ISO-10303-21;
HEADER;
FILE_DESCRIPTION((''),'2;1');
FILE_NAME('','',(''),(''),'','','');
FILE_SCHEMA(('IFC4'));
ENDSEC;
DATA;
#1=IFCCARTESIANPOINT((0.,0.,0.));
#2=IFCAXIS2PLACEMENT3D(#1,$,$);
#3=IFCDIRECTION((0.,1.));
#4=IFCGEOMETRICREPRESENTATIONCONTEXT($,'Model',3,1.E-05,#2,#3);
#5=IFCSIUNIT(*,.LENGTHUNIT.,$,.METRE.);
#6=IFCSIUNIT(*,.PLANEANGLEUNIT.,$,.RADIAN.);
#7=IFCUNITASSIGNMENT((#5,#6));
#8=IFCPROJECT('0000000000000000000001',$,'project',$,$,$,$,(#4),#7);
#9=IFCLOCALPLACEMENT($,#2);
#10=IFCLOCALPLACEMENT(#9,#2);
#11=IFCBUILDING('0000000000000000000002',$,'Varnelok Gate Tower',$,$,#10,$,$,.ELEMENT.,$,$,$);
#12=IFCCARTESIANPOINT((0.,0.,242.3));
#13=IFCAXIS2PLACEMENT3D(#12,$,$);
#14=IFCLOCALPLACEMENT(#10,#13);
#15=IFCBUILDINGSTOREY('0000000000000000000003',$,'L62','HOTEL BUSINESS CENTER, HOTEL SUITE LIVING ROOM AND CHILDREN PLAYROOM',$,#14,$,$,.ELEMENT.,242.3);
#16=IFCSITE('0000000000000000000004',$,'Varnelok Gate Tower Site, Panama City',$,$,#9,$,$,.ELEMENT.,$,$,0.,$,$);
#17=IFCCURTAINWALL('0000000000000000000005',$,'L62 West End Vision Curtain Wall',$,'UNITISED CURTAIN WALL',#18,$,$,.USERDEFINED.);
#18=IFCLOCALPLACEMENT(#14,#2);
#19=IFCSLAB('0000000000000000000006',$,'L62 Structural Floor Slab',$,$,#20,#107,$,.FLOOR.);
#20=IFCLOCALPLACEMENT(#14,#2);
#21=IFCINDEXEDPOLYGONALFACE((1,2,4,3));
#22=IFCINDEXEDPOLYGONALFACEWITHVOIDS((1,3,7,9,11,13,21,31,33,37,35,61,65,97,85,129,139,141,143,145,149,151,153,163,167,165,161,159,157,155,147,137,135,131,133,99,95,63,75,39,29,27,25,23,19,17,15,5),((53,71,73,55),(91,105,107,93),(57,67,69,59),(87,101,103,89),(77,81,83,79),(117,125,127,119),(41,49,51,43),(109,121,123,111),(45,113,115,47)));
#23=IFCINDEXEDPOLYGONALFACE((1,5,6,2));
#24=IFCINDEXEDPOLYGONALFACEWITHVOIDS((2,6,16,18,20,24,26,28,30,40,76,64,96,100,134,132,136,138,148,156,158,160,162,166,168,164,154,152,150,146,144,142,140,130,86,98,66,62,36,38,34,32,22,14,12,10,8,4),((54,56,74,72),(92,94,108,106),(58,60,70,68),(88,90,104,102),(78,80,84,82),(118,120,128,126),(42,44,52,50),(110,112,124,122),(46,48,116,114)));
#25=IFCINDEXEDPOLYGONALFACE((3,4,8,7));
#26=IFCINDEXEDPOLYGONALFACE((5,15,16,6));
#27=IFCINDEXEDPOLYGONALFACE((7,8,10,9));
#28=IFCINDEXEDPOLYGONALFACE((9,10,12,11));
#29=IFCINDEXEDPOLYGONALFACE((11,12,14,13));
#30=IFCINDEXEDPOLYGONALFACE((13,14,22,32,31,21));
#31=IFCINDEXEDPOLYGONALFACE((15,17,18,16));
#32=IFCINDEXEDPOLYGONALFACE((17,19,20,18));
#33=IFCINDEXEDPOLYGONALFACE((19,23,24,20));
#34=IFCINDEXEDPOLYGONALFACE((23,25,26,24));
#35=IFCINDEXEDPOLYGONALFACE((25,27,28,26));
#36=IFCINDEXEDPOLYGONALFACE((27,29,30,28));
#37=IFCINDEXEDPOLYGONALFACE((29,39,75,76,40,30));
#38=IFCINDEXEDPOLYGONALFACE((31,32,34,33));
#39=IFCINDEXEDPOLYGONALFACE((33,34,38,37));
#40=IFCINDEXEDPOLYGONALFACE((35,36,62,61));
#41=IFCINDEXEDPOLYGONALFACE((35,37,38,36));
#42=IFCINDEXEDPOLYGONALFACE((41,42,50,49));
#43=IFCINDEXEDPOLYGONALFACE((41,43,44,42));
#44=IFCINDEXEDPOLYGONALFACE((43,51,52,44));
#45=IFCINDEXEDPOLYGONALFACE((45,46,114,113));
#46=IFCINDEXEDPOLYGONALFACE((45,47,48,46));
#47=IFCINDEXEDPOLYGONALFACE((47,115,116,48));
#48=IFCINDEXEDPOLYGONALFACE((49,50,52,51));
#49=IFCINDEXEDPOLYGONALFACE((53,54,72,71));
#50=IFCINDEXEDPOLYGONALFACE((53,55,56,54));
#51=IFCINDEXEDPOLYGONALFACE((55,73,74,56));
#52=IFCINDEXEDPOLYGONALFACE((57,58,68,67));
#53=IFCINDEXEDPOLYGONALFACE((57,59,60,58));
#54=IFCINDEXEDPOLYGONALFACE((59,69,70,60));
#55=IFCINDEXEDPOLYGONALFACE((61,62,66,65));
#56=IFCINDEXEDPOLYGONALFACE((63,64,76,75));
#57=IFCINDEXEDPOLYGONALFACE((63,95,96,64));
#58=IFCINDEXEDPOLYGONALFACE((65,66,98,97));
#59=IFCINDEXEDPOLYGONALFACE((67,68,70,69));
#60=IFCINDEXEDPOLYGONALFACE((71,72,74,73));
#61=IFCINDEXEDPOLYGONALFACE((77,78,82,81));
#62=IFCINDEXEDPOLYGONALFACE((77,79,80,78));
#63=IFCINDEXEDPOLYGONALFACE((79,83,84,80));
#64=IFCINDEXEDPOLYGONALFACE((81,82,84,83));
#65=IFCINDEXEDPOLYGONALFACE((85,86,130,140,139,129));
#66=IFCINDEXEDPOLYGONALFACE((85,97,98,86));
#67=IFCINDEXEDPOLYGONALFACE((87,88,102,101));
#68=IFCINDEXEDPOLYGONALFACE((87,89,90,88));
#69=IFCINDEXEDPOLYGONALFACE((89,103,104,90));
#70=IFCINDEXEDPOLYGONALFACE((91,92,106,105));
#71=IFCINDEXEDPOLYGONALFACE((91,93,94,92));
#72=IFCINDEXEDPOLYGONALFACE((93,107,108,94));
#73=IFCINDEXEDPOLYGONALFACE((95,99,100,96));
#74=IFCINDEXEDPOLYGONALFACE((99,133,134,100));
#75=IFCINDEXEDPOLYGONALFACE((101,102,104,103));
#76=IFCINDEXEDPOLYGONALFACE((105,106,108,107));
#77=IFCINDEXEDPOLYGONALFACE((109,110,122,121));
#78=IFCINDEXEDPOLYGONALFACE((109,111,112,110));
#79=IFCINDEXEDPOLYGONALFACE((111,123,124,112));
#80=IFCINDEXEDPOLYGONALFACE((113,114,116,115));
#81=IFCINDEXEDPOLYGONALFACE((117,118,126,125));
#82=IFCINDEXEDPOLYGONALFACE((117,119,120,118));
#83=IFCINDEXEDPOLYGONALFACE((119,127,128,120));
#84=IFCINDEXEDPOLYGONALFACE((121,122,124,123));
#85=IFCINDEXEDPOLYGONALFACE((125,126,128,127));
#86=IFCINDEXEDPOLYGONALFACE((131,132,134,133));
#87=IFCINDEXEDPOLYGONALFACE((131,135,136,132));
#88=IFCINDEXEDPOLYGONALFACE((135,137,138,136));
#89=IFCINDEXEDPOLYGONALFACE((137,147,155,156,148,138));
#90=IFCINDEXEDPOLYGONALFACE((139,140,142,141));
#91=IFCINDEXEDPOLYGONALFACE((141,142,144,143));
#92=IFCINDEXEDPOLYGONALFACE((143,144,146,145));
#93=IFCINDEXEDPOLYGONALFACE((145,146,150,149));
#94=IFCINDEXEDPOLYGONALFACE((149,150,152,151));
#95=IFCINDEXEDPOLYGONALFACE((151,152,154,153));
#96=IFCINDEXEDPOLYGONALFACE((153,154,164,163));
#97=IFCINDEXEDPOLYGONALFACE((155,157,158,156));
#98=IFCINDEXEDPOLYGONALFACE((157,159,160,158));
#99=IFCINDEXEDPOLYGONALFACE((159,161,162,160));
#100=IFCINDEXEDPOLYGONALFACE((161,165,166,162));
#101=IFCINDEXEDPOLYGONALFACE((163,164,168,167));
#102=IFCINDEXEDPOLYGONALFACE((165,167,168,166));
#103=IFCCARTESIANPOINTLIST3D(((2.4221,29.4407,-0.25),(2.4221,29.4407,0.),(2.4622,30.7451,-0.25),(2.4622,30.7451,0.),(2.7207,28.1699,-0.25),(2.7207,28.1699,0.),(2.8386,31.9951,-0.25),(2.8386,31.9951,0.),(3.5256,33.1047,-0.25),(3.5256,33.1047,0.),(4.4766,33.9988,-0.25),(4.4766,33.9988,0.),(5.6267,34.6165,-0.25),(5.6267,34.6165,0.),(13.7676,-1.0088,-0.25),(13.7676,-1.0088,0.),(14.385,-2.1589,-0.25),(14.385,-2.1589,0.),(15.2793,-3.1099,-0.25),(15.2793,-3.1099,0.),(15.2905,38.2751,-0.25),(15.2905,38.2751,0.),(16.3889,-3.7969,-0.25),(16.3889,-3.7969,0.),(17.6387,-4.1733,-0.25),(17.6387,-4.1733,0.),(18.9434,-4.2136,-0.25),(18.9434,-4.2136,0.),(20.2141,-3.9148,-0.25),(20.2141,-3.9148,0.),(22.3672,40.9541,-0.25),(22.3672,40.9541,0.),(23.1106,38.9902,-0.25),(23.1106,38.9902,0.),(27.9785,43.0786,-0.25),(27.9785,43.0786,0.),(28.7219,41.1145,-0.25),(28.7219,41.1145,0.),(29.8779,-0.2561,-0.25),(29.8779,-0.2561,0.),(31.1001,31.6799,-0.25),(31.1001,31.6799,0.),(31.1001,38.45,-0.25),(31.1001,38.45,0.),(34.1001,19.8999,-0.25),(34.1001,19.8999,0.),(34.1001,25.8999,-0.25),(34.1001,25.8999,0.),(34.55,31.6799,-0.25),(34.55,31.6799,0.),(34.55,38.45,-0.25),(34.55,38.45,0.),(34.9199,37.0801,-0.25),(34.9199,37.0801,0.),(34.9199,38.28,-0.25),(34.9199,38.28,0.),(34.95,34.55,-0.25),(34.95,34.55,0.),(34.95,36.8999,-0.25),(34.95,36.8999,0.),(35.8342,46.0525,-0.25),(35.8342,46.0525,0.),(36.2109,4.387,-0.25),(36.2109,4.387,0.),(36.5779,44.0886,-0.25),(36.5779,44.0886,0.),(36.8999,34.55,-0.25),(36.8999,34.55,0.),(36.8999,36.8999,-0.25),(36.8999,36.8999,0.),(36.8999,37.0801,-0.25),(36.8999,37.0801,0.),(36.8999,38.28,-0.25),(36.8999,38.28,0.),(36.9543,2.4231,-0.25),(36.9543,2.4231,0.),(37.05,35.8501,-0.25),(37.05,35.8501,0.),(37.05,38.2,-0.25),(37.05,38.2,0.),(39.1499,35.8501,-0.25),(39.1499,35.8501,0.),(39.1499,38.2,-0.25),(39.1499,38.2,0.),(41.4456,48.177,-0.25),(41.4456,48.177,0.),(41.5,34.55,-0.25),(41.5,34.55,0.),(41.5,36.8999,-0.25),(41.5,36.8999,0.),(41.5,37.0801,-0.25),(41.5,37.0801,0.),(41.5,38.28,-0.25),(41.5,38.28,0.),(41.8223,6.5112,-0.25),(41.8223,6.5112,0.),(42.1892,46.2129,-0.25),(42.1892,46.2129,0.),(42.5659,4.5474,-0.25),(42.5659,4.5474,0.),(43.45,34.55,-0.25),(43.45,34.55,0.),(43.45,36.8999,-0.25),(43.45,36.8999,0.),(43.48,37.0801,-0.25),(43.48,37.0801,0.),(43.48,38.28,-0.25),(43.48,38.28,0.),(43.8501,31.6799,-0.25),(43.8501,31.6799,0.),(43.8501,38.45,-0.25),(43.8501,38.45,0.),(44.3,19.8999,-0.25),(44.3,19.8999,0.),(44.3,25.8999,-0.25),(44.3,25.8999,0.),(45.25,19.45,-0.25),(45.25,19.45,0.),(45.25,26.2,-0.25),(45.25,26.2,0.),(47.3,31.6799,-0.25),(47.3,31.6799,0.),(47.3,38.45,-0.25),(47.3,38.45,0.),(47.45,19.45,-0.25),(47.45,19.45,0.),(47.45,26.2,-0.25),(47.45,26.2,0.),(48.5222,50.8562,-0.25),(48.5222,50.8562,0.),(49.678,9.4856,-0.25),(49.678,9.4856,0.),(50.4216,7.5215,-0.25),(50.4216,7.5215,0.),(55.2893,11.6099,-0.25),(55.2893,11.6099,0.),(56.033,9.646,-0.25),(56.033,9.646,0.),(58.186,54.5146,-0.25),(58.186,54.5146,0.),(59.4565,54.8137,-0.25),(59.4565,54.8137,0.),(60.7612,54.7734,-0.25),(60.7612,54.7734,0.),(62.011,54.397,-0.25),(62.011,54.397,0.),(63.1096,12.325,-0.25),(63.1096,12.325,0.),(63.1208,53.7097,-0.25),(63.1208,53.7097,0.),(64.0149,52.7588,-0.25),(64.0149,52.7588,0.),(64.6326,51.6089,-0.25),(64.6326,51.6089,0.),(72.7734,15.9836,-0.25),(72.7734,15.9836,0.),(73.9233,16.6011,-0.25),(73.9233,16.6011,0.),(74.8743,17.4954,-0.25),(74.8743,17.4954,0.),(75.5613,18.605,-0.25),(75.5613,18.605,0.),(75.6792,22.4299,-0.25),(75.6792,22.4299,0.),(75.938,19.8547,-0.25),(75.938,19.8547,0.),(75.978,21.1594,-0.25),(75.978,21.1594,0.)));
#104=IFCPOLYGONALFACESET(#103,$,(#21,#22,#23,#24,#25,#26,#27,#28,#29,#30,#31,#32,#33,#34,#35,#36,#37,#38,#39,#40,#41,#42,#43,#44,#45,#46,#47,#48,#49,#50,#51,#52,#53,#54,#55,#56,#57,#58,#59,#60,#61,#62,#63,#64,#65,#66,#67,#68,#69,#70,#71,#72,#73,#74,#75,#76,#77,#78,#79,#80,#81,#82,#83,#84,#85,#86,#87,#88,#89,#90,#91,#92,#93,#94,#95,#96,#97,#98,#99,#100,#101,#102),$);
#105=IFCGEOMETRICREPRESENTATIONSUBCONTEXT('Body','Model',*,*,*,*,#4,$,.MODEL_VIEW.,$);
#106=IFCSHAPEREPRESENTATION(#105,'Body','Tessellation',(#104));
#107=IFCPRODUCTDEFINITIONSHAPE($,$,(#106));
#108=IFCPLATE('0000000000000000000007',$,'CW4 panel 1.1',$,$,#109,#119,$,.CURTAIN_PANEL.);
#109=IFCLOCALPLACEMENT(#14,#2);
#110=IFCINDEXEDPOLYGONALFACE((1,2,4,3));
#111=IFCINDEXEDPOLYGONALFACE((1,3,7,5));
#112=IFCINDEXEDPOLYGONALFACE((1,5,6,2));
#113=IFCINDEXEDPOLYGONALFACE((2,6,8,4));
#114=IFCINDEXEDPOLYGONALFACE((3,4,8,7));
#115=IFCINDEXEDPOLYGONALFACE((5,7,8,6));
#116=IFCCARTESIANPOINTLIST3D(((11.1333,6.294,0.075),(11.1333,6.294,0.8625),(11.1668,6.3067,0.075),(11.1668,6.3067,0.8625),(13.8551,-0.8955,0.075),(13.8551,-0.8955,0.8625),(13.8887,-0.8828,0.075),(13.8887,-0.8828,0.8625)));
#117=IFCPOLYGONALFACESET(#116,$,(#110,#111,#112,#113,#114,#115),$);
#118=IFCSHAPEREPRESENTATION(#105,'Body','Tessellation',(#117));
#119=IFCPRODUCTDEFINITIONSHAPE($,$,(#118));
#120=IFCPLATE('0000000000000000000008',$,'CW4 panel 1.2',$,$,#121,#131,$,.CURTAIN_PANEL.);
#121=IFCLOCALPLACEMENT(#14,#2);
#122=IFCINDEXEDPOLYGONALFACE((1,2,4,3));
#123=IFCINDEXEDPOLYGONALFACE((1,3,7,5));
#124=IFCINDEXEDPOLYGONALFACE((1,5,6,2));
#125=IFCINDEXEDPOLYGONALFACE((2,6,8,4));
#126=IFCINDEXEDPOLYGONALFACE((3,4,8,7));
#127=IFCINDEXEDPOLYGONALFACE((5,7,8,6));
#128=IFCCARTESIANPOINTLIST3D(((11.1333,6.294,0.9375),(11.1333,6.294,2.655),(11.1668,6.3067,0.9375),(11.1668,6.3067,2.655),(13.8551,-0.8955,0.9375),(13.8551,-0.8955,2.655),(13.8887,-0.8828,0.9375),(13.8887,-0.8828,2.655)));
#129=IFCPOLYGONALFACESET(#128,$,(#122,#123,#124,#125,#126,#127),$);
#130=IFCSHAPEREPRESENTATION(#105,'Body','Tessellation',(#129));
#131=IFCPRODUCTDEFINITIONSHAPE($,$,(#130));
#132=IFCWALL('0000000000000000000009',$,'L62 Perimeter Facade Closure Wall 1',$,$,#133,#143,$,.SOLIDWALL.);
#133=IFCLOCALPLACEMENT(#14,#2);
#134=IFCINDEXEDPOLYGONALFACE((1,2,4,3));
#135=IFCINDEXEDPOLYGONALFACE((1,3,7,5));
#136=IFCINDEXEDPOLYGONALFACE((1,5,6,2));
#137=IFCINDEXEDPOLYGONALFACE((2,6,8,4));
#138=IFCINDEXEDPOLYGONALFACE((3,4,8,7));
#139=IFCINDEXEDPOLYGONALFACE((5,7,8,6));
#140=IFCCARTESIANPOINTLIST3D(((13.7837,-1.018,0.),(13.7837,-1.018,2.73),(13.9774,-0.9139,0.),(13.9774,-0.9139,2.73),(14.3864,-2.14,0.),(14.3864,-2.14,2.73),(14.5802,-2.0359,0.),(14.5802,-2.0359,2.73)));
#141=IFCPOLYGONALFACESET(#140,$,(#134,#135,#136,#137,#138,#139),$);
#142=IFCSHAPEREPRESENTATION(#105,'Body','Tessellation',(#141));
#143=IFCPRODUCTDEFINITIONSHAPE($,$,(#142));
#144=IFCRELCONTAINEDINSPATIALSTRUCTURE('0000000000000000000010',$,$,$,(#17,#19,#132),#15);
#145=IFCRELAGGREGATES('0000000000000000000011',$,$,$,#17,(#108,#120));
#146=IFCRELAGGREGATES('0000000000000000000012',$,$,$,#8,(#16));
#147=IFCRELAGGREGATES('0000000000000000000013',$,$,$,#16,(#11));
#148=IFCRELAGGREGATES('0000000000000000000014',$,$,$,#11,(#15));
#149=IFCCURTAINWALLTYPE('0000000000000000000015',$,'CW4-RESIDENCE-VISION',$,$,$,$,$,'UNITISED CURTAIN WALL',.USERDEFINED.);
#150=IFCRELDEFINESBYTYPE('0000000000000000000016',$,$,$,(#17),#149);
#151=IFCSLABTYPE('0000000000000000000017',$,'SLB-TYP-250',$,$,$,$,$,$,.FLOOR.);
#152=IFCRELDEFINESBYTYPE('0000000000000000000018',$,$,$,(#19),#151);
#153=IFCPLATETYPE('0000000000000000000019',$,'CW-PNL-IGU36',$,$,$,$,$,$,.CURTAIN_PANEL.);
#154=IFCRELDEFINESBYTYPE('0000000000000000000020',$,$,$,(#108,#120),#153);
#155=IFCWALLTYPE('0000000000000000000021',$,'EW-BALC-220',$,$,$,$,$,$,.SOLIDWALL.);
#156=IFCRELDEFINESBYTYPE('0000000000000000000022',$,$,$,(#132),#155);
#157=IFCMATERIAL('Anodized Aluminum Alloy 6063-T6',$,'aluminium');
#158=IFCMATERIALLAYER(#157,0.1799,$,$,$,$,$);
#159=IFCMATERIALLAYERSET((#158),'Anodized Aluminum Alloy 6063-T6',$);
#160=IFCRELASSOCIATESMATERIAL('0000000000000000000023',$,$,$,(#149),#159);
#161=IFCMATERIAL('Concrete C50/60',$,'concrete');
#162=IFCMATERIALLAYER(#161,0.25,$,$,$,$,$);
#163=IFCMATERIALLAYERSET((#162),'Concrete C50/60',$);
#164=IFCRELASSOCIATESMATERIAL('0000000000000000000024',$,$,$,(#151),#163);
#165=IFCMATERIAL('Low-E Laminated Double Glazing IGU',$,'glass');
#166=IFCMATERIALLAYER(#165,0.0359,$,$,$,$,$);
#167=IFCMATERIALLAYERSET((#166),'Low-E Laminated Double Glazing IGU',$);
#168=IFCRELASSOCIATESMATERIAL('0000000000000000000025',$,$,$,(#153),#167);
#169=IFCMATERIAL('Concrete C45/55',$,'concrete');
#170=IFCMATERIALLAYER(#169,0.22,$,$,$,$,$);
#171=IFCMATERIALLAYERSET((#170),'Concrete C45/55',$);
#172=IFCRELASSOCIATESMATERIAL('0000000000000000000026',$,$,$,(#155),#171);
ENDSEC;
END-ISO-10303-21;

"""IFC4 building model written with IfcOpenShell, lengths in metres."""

from ifc_helpers import new_model, si_unit, direction, frame, frame_2d, origin, origin_2d, place, context, subcontext, project, spatial, polyline, rectangle, outline, extrude, source, transform, mapped, material, layer, layer_set, type_object, element, aggregate, save


model = new_model("IFC4")

# Units and contexts
model_context = context("Model", 3, precision=1e-05, world=origin(), true_north=direction((0.0, 1.0)))
body_context = subcontext(model_context, "Body", "Model", "MODEL_VIEW")
ifc_project = project(units=[si_unit("LENGTHUNIT", "METRE"), si_unit("PLANEANGLEUNIT", "RADIAN")], contexts=[model_context])

# Site, building, storey
site_placement = place(None, origin())
site = spatial("IfcSite", under=ifc_project, at=site_placement, Name="Varnelok Gate Tower Site, Panama City", CompositionType="ELEMENT", RefElevation=0.0)
building_placement = place(site_placement, origin())
building = spatial("IfcBuilding", under=site, at=building_placement, Name="Varnelok Gate Tower", CompositionType="ELEMENT")
storey_placement = place(building_placement, frame((0.0, 0.0, 242.3)))
storey = spatial("IfcBuildingStorey", under=building, at=storey_placement, Name="L62", Description="HOTEL BUSINESS CENTER, HOTEL SUITE LIVING ROOM AND CHILDREN PLAYROOM", CompositionType="ELEMENT", Elevation=242.3)

# Shared definitions
ifc_material_1 = material(Name="Anodized Aluminum Alloy 6063-T6", Category="aluminium")

# Curtain wall
ifc_layer_1 = layer(ifc_material_1, 0.1799)
ifc_layer_set_1 = layer_set([ifc_layer_1], Name="Anodized Aluminum Alloy 6063-T6")
curtain_wall_type_1 = type_object("IfcCurtainWallType", Name="CW4-RESIDENCE-VISION", ElementType="UNITISED CURTAIN WALL", PredefinedType="USERDEFINED", material=ifc_layer_set_1)
curtain_wall_1_placement = place(storey_placement, origin())
curtain_wall_1 = element("IfcCurtainWall", 1, at=curtain_wall_1_placement, inside=storey, type_object=curtain_wall_type_1, Name="L62 West End Vision Curtain Wall", ObjectType="UNITISED CURTAIN WALL", PredefinedType="USERDEFINED")

# Shared definitions
ifc_material_2 = material(Name="Concrete C45/55", Category="concrete")

# Shared definitions
ifc_material_3 = material(Name="Concrete C50/60", Category="concrete")

# Slab
ifc_layer_2 = layer(ifc_material_3, 0.25)
ifc_layer_set_2 = layer_set([ifc_layer_2], Name="Concrete C50/60")
slab_type_1 = type_object("IfcSlabType", Name="SLB-TYP-250", PredefinedType="FLOOR", material=ifc_layer_set_2)
slab_1_placement = place(storey_placement, frame((0.0, 0.0, -0.25)))
element("IfcSlab", 2, at=slab_1_placement, inside=storey, type_object=slab_type_1, Name="L62 Structural Floor Slab", PredefinedType="FLOOR", context=body_context, shape_type="SweptSolid", body=[
    extrude(outline(polyline([(13.7676, -1.0088), (14.385, -2.1589), (15.2793, -3.1099), (16.3889, -3.7969), (17.6387, -4.1733), (18.9434, -4.2136), (20.2141, -3.9148), (29.8779, -0.2561), (36.9543, 2.4231), (36.2109, 4.387), (41.8223, 6.5112), (42.5659, 4.5474), (50.4216, 7.5215), (49.678, 9.4856), (55.2893, 11.6099), (56.033, 9.646), (63.1096, 12.325), (72.7734, 15.9836), (73.9233, 16.6011), (74.8743, 17.4954), (75.5613, 18.605), (75.938, 19.8547), (75.978, 21.1594), (75.6792, 22.4299), (64.6326, 51.6089), (64.0149, 52.7588), (63.1208, 53.7097), (62.011, 54.397), (60.7612, 54.7734), (59.4565, 54.8137), (58.186, 54.5146), (48.5222, 50.8562), (41.4456, 48.177), (42.1892, 46.2129), (36.5779, 44.0886), (35.8342, 46.0525), (27.9785, 43.0786), (28.7219, 41.1145), (23.1106, 38.9902), (22.3672, 40.9541), (15.2905, 38.2751), (5.6267, 34.6165), (4.4766, 33.9988), (3.5256, 33.1047), (2.8386, 31.9951), (2.4622, 30.7451), (2.4221, 29.4407), (2.7207, 28.1699), (13.7676, -1.0088)]), holes=[polyline([(34.55, 31.6799), (34.55, 38.45), (31.1001, 38.45), (31.1001, 31.6799), (34.55, 31.6799)]), polyline([(47.3, 31.6799), (47.3, 38.45), (43.8501, 38.45), (43.8501, 31.6799), (47.3, 31.6799)]), polyline([(34.95, 34.55), (36.8999, 34.55), (36.8999, 36.8999), (34.95, 36.8999), (34.95, 34.55)]), polyline([(41.5, 34.55), (43.45, 34.55), (43.45, 36.8999), (41.5, 36.8999), (41.5, 34.55)]), polyline([(37.05, 35.8501), (39.1499, 35.8501), (39.1499, 38.2), (37.05, 38.2), (37.05, 35.8501)]), polyline([(45.25, 19.45), (47.45, 19.45), (47.45, 26.2), (45.25, 26.2), (45.25, 19.45)]), polyline([(34.9199, 37.0801), (36.8999, 37.0801), (36.8999, 38.28), (34.9199, 38.28), (34.9199, 37.0801)]), polyline([(41.5, 37.0801), (43.48, 37.0801), (43.48, 38.28), (41.5, 38.28), (41.5, 37.0801)]), polyline([(34.1001, 19.8999), (44.3, 19.8999), (44.3, 25.8999), (34.1001, 25.8999), (34.1001, 19.8999)])]), origin(), (0.0, 0.0, 1.0), 0.25),
])

# Plates
ifc_material_4 = material(Name="Low-E Laminated Double Glazing IGU", Category="glass")
ifc_layer_3 = layer(ifc_material_4, 0.0359)
ifc_layer_set_3 = layer_set([ifc_layer_3], Name="Low-E Laminated Double Glazing IGU")
plate_type = type_object("IfcPlateType", Name="CW-PNL-IGU36", PredefinedType="CURTAIN_PANEL", material=ifc_layer_set_3)
shared_shape_1 = source(origin(), body_context, "Body", "SweptSolid", [
    extrude(rectangle(XDim=7.6875, YDim=0.0359, at=origin_2d()), origin(), (0.0, 0.0, 1.0), 0.7876),
])
plate_1_placement = place(storey_placement, frame((12.511, 2.7056, 0.075), z_axis=(0.0, 0.0, 1.0), x_axis=(-0.354063, 0.935222, 0.0)))
plate_1 = element("IfcPlate", 3, at=plate_1_placement, type_object=plate_type, Name="CW4 panel 1.1", PredefinedType="CURTAIN_PANEL", context=body_context, shape_type="MappedRepresentation", body=[
    mapped(shared_shape_1, transform((0.0, 0.0, 0.0), scale=1.0)),
])
shared_shape_2 = source(origin(), body_context, "Body", "SweptSolid", [
    extrude(rectangle(XDim=7.6875, YDim=0.0359, at=origin_2d()), origin(), (0.0, 0.0, 1.0), 1.7175),
])
plate_2_placement = place(storey_placement, frame((12.511, 2.7056, 0.9375), z_axis=(0.0, 0.0, 1.0), x_axis=(-0.354063, 0.935222, 0.0)))
plate_2 = element("IfcPlate", 4, at=plate_2_placement, type_object=plate_type, Name="CW4 panel 1.2", PredefinedType="CURTAIN_PANEL", context=body_context, shape_type="MappedRepresentation", body=[
    mapped(shared_shape_2, transform((0.0, 0.0, 0.0), scale=1.0)),
])
aggregate(curtain_wall_1, [plate_1, plate_2])

# Wall
ifc_layer_4 = layer(ifc_material_2, 0.22)
ifc_layer_set_4 = layer_set([ifc_layer_4], Name="Concrete C45/55")
wall_type = type_object("IfcWallType", Name="EW-BALC-220", PredefinedType="SOLIDWALL", material=ifc_layer_set_4)
wall_placement = place(storey_placement, frame((13.8806, -0.9661, 0.0), z_axis=(0.0, 0.0, 1.0), x_axis=(0.473242, -0.880932, 0.0)))
element("IfcWall", 5, at=wall_placement, inside=storey, type_object=wall_type, Name="L62 Perimeter Facade Closure Wall 1", PredefinedType="SOLIDWALL", context=body_context, shape_type="SweptSolid", body=[
    extrude(rectangle(XDim=1.2737, YDim=0.22, at=frame_2d((0.6367, 0.0))), origin(), (0.0, 0.0, 1.0), 2.73),
])

save(model, "model.ifc")
